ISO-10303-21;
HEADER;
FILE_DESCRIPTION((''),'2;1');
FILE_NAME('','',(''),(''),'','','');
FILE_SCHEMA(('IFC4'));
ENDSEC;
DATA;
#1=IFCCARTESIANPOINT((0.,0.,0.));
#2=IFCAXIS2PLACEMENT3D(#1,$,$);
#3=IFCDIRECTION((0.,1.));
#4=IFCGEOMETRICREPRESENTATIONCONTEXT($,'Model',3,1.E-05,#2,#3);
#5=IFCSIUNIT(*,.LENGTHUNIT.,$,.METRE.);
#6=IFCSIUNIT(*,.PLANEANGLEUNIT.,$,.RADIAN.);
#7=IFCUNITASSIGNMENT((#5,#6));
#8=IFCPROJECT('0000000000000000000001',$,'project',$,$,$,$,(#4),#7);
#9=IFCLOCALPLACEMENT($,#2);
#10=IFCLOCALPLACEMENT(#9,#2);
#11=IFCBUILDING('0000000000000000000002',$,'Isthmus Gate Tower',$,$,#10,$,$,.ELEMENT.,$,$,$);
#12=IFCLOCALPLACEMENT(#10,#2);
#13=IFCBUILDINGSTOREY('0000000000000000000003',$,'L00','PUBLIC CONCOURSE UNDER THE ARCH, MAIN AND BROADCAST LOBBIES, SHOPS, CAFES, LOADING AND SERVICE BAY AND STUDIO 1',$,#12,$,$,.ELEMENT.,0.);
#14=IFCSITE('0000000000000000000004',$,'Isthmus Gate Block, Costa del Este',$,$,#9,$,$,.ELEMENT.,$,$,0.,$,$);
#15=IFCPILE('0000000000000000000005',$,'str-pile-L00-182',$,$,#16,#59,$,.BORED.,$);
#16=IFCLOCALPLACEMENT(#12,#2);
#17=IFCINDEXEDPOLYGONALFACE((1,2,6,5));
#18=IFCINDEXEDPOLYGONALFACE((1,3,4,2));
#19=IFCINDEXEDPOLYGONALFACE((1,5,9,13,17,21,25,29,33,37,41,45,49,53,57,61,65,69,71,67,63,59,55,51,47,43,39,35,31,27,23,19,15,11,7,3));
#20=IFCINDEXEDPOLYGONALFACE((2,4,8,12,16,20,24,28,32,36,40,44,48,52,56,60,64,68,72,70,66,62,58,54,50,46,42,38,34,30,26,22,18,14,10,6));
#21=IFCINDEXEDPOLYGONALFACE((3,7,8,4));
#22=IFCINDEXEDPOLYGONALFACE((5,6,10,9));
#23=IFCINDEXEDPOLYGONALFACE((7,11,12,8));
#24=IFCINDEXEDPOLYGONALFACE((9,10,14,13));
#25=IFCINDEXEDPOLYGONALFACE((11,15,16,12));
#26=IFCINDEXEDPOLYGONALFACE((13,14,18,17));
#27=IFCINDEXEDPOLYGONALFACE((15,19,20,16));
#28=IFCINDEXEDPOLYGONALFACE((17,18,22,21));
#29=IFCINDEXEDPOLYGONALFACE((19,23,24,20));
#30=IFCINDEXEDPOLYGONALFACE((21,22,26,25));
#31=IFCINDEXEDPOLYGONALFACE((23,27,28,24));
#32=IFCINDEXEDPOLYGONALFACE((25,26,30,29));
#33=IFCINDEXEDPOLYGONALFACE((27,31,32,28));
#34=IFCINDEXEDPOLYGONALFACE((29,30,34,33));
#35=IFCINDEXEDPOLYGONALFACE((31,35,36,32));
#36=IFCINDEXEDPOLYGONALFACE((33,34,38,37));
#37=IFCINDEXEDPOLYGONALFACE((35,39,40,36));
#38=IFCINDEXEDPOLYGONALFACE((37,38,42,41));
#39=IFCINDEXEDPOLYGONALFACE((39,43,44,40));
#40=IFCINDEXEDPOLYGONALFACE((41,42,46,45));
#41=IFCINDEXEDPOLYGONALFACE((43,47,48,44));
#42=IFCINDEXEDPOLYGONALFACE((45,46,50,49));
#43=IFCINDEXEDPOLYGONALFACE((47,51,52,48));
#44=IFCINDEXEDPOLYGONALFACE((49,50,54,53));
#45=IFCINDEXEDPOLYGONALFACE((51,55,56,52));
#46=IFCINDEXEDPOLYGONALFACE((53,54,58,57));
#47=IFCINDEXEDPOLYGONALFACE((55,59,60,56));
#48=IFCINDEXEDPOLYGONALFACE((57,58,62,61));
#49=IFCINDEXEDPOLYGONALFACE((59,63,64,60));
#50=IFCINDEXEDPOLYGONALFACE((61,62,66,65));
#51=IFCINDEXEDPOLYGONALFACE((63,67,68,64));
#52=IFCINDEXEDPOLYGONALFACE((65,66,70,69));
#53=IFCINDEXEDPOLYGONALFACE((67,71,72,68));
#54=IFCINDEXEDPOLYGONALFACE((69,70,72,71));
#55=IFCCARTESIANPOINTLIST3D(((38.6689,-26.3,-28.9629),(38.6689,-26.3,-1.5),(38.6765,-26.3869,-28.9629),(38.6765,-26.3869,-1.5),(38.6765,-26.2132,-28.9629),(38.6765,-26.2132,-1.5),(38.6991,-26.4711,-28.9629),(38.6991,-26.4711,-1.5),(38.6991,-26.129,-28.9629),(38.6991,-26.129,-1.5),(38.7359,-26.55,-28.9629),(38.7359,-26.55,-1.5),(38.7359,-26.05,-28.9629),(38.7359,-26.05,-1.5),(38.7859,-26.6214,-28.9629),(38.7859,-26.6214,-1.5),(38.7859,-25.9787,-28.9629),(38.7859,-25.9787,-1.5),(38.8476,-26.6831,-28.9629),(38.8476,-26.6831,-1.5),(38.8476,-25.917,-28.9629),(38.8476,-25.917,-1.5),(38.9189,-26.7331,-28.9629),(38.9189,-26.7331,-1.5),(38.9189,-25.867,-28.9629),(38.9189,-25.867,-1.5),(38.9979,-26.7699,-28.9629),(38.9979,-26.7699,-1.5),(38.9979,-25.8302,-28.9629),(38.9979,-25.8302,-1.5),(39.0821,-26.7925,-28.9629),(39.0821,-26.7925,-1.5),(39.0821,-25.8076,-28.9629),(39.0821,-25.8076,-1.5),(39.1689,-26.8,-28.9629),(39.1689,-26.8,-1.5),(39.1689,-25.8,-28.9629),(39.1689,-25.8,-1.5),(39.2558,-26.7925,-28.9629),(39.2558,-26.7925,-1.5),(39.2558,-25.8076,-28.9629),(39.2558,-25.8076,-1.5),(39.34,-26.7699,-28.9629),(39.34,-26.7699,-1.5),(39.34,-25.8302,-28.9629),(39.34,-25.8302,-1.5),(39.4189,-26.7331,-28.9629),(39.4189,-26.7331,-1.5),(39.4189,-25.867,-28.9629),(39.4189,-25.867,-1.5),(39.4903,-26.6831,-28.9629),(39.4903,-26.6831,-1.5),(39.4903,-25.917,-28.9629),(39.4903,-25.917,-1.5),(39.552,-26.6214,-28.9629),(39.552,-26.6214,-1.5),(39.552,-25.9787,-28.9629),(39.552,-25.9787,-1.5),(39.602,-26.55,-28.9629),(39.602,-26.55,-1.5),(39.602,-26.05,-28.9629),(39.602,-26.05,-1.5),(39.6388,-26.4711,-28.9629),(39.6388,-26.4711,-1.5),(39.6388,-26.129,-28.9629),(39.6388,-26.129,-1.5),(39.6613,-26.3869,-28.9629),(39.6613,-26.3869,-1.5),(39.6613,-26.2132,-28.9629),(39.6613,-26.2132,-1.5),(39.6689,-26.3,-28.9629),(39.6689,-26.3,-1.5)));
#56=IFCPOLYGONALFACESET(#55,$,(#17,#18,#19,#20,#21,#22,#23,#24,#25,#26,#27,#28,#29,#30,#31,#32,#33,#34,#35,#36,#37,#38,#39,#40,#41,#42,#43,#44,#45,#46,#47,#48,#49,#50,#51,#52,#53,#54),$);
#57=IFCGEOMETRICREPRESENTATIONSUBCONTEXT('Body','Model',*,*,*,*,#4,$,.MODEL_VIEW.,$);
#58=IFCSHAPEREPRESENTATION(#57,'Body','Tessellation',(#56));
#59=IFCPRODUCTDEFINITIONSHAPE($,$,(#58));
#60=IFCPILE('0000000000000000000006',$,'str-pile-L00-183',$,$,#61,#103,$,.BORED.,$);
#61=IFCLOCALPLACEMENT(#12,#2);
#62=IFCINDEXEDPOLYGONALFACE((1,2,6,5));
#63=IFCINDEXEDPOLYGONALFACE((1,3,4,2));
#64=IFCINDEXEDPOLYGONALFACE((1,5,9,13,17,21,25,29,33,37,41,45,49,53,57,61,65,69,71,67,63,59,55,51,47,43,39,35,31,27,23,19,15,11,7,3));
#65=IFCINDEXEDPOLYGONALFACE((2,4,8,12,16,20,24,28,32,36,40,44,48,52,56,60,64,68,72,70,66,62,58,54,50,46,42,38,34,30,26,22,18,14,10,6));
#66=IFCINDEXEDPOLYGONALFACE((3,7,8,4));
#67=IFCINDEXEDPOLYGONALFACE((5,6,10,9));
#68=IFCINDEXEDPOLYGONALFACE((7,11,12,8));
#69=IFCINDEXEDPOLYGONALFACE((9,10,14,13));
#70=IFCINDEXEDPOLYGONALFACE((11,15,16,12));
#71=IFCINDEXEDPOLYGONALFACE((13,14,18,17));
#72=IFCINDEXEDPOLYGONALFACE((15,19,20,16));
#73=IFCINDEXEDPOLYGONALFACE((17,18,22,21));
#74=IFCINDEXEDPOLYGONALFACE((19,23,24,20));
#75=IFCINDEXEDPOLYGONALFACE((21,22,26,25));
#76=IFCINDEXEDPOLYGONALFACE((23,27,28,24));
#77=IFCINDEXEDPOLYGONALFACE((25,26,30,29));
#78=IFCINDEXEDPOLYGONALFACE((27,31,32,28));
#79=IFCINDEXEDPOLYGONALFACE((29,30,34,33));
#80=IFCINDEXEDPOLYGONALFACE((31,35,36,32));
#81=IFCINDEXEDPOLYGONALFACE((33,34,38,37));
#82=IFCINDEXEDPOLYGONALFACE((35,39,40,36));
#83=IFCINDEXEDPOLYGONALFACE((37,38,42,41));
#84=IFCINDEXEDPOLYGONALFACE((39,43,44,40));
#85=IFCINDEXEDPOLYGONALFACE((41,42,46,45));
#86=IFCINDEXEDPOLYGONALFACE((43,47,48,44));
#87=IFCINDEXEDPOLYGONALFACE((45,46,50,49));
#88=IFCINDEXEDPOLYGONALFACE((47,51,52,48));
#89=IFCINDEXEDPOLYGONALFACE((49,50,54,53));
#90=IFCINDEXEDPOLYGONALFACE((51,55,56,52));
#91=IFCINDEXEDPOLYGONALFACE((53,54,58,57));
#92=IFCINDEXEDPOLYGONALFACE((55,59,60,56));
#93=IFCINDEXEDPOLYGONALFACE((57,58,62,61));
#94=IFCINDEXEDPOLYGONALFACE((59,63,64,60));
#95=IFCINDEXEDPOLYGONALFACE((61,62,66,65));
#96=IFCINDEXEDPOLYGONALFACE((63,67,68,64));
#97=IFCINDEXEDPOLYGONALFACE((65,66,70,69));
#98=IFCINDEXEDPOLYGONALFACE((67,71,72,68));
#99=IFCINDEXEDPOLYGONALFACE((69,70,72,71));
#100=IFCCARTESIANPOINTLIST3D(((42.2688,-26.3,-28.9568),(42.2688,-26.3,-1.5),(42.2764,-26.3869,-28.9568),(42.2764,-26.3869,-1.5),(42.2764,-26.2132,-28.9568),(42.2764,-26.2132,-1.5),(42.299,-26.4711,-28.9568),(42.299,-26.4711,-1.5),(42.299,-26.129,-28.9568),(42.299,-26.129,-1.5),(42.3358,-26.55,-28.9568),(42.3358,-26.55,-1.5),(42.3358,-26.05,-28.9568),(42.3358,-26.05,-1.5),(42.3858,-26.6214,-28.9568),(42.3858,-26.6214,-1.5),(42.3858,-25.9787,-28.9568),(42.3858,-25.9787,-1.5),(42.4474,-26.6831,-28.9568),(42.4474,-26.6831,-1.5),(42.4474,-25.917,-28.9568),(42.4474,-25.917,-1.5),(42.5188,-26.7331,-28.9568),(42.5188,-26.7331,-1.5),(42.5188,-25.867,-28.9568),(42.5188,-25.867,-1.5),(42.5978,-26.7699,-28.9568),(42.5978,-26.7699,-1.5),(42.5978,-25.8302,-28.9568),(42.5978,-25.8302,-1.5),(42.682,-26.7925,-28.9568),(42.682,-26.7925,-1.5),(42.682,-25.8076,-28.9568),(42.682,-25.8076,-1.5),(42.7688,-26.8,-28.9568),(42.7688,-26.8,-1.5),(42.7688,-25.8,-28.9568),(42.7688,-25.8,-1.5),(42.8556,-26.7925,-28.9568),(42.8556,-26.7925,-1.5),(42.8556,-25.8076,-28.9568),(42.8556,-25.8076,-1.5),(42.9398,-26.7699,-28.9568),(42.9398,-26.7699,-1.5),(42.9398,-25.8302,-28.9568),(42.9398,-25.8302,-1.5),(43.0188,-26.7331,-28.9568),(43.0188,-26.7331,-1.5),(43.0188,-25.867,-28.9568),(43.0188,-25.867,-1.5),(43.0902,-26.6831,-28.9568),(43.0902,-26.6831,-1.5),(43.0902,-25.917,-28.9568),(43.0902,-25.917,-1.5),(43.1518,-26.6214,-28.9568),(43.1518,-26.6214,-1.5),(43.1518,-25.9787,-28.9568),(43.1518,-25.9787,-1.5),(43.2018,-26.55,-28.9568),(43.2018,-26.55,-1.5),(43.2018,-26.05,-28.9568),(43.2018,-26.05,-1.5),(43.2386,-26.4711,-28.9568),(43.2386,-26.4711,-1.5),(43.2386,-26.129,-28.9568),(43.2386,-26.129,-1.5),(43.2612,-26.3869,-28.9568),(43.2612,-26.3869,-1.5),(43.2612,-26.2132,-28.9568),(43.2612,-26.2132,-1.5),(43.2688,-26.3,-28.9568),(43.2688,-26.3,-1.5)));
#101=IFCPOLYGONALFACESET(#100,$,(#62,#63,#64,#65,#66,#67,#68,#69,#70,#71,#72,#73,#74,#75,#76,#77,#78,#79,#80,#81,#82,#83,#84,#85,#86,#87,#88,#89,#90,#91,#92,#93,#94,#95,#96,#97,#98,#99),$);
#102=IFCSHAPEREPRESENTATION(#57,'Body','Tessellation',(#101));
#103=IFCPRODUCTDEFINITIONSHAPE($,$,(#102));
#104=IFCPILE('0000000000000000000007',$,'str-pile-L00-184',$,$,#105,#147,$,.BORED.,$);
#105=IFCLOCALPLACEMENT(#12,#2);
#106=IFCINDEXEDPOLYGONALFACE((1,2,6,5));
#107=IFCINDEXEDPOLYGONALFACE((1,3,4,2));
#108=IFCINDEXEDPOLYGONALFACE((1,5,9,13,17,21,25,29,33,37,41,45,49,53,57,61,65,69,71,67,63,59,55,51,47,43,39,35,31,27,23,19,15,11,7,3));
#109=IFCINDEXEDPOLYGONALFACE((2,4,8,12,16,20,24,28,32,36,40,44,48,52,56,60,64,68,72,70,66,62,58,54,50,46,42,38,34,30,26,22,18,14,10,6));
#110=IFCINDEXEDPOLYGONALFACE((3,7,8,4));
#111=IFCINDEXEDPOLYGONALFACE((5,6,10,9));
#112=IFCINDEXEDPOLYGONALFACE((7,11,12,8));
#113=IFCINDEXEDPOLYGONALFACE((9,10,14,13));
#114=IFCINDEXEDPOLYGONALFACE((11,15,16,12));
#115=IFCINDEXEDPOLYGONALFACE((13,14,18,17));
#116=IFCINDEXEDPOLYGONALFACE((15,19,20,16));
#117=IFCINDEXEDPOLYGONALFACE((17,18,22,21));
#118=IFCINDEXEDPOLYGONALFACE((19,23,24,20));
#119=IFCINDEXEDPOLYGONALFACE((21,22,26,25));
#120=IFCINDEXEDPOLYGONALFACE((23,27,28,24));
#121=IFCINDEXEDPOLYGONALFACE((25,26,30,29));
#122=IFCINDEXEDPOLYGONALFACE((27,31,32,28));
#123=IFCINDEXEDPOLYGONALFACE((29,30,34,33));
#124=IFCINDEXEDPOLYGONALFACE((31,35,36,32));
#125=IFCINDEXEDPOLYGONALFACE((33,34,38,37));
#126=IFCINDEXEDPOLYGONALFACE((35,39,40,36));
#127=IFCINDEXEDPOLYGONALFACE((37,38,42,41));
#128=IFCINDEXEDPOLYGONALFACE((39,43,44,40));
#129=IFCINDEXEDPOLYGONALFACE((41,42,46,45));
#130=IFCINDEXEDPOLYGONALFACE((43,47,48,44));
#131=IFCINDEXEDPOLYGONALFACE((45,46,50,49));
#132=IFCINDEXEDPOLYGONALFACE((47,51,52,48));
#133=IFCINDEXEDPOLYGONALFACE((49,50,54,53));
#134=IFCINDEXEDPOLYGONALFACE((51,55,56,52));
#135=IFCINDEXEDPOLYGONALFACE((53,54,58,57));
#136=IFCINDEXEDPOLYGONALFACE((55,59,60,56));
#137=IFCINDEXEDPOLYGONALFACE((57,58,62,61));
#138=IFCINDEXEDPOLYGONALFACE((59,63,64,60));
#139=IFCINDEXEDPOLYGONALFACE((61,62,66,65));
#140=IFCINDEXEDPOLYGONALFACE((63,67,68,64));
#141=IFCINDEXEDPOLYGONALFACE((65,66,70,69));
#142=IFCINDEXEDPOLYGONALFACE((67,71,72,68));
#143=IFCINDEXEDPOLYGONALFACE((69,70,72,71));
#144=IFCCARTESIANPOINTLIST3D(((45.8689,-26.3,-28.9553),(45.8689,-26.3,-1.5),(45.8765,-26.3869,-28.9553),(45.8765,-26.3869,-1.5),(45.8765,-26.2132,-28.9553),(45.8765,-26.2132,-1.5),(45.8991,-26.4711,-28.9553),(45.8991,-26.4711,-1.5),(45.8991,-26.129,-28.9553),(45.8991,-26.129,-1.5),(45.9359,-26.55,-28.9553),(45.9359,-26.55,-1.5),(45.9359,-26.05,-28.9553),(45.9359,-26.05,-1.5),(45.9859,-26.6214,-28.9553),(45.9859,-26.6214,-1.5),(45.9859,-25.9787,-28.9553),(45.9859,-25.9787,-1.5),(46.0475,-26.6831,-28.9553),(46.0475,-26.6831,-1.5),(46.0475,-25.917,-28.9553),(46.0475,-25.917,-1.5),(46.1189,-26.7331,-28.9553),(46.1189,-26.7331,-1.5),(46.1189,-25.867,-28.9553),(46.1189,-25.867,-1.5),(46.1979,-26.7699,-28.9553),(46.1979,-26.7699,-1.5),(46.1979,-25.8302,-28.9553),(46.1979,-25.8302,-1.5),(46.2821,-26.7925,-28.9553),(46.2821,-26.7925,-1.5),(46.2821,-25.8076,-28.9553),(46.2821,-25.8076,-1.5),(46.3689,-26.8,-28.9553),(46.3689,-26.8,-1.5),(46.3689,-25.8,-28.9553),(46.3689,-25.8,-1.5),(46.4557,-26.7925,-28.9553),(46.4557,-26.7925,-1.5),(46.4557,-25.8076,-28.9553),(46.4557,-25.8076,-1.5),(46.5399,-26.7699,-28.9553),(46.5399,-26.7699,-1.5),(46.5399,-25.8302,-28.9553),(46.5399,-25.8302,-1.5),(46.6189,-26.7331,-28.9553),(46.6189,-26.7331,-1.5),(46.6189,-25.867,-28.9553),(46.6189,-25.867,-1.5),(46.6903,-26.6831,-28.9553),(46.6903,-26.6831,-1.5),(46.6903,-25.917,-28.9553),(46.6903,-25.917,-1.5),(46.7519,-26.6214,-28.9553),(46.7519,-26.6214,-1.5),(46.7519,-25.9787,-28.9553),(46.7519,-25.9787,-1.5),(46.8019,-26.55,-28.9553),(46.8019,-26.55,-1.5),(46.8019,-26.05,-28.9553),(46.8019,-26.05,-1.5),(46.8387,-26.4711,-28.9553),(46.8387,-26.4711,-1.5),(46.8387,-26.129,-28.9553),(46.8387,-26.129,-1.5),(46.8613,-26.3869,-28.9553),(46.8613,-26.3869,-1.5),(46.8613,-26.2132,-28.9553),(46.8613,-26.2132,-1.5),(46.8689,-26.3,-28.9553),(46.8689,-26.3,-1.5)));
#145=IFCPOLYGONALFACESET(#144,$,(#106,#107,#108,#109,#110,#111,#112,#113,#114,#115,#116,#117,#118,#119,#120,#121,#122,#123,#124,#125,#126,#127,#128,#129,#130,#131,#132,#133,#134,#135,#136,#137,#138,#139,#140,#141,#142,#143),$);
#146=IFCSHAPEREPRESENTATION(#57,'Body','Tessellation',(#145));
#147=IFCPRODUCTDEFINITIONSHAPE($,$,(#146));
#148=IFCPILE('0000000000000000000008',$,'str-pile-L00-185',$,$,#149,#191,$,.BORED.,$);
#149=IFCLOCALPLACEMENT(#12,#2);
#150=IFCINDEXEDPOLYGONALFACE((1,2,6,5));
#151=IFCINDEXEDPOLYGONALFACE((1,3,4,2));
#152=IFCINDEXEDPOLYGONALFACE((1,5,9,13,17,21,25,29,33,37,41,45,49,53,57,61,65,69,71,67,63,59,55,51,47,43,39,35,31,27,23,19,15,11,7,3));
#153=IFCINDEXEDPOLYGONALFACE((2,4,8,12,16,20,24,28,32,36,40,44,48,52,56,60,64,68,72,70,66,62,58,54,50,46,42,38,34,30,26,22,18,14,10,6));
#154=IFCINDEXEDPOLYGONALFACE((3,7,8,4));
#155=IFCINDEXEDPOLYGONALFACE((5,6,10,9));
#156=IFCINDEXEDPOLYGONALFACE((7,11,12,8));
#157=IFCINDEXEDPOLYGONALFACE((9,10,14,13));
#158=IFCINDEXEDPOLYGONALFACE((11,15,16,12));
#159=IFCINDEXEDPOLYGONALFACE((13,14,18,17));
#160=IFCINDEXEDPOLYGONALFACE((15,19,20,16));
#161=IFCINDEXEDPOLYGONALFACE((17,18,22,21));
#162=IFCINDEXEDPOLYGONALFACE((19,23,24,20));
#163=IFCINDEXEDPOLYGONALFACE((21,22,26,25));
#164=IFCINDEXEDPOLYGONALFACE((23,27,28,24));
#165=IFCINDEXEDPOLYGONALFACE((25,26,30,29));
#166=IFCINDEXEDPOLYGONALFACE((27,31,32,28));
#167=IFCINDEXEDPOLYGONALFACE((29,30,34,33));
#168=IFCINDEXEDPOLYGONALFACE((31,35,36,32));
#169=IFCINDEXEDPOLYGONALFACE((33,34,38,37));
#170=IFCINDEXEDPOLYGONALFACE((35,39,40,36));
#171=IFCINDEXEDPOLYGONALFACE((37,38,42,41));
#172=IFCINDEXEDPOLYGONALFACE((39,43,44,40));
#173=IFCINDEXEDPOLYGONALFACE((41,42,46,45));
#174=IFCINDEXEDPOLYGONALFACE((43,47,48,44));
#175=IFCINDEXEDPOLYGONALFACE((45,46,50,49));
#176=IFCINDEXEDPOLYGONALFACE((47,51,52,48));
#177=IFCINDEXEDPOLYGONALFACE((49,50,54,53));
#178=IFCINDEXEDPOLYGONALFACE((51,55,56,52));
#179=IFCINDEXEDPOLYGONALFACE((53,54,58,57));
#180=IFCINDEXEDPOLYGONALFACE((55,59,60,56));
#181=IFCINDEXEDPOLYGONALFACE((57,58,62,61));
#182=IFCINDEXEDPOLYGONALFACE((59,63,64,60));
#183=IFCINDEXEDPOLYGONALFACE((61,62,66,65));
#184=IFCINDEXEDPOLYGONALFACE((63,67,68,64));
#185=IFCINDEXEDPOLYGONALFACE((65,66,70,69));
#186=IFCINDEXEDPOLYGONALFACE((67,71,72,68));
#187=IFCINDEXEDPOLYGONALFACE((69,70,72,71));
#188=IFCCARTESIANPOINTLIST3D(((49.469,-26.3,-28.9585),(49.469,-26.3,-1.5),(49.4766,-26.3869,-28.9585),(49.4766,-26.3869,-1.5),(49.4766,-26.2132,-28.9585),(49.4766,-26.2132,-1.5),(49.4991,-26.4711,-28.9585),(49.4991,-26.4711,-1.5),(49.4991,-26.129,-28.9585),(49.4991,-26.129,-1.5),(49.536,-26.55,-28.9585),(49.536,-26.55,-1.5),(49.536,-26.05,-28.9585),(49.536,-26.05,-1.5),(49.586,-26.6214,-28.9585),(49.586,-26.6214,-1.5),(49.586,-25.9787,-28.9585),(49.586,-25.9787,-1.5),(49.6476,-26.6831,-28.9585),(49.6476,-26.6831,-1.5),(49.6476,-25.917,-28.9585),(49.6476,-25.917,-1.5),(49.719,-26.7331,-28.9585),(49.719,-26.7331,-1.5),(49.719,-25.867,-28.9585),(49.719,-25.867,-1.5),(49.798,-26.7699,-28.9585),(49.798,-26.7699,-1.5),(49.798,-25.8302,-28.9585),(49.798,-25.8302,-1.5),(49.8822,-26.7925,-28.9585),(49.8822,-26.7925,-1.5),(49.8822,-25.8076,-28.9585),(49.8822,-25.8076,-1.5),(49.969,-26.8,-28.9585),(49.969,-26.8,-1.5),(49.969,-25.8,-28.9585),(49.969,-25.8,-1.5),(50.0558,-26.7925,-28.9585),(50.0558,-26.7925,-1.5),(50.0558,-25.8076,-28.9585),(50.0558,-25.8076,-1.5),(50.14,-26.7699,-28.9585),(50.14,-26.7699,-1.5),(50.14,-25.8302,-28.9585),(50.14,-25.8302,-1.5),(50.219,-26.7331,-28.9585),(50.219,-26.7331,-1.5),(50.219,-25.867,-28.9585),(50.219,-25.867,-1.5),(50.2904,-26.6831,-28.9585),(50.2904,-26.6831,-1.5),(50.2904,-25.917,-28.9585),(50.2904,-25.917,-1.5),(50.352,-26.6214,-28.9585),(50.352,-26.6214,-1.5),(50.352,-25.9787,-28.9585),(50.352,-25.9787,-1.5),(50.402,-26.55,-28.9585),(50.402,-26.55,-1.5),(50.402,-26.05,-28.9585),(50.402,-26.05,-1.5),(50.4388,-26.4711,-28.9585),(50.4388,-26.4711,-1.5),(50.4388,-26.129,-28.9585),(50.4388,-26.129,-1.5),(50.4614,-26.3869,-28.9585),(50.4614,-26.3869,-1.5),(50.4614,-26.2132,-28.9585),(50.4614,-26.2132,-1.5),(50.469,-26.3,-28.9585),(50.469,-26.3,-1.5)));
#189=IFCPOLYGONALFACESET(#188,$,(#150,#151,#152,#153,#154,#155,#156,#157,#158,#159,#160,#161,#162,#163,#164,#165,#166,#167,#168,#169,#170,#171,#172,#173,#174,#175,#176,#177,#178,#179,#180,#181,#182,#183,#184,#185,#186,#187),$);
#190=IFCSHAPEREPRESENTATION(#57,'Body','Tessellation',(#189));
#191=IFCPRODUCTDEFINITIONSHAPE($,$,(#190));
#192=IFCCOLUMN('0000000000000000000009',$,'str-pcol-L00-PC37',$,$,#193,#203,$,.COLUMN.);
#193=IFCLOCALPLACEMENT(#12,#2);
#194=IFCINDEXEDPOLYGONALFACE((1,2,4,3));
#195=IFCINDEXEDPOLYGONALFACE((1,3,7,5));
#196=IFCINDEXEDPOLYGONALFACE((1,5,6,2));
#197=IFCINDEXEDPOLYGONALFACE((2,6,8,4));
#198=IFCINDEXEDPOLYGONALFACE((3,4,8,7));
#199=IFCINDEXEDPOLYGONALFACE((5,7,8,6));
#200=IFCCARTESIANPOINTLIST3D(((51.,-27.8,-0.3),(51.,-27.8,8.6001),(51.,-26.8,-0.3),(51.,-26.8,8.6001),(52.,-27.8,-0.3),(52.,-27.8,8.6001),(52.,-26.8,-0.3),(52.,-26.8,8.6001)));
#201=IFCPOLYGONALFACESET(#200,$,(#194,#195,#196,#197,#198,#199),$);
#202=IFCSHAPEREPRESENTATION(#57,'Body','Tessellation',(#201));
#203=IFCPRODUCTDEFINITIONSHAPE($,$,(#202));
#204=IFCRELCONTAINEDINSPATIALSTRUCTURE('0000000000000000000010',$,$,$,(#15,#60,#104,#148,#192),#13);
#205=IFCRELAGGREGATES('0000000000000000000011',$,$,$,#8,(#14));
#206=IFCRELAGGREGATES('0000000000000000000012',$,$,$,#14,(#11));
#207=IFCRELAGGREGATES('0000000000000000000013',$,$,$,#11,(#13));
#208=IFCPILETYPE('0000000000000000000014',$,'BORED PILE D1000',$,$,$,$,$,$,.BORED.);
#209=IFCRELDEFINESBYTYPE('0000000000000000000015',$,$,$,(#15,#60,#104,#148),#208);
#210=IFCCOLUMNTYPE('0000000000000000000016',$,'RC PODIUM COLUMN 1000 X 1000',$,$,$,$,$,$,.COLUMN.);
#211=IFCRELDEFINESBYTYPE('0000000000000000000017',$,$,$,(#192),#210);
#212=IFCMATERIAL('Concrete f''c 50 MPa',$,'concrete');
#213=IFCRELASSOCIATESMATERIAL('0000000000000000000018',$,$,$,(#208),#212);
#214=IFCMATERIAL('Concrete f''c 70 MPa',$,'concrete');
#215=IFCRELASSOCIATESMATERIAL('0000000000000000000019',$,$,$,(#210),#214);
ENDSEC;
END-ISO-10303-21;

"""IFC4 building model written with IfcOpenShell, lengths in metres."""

from ifc_helpers import new_model, si_unit, direction, frame, origin, origin_2d, place, context, subcontext, project, spatial, rectangle, circle, extrude, material, material_profile, profile_set, type_object, element, save


model = new_model("IFC4")

# Units and contexts
model_context = context("Model", 3, precision=1e-05, world=origin(), true_north=direction((0.0, 1.0)))
body_context = subcontext(model_context, "Body", "Model", "MODEL_VIEW")
ifc_project = project(units=[si_unit("LENGTHUNIT", "METRE"), si_unit("PLANEANGLEUNIT", "RADIAN")], contexts=[model_context])

# Site, building, storey
site_placement = place(None, origin())
site = spatial("IfcSite", under=ifc_project, at=site_placement, Name="Isthmus Gate Block, Costa del Este", CompositionType="ELEMENT", RefElevation=0.0)
building_placement = place(site_placement, origin())
building = spatial("IfcBuilding", under=site, at=building_placement, Name="Isthmus Gate Tower", CompositionType="ELEMENT")
storey_placement = place(building_placement, origin())
storey = spatial("IfcBuildingStorey", under=building, at=storey_placement, Name="L00", Description="PUBLIC CONCOURSE UNDER THE ARCH, MAIN AND BROADCAST LOBBIES, SHOPS, CAFES, LOADING AND SERVICE BAY AND STUDIO 1", CompositionType="ELEMENT", Elevation=0.0)

# Piles
ifc_material_1 = material(Name="Concrete f'c 50 MPa", Category="concrete")
ifc_material_profile_1 = material_profile(ifc_material_1, circle(Radius=0.5, at=origin_2d()), Name="D1000")
ifc_profile_set_1 = profile_set([ifc_material_profile_1], Name="Concrete f'c 50 MPa")
pile_type = type_object("IfcPileType", Name="BORED PILE D1000", PredefinedType="BORED", material=ifc_profile_set_1)
pile_1_placement = place(storey_placement, frame((39.1689, -26.3, -1.5), z_axis=(0.0, 0.0, -1.0), x_axis=(1.0, 0.0, 0.0)))
element("IfcPile", 1, at=pile_1_placement, inside=storey, type_object=pile_type, Name="str-pile-L00-182", PredefinedType="BORED", context=body_context, shape_type="SweptSolid", body=[
    extrude(circle(Radius=0.5, at=origin_2d()), origin(), (0.0, 0.0, 1.0), 27.4629),
])
pile_2_placement = place(storey_placement, frame((42.7688, -26.3, -1.5), z_axis=(0.0, 0.0, -1.0), x_axis=(1.0, 0.0, 0.0)))
element("IfcPile", 2, at=pile_2_placement, inside=storey, type_object=pile_type, Name="str-pile-L00-183", PredefinedType="BORED", context=body_context, shape_type="SweptSolid", body=[
    extrude(circle(Radius=0.5, at=origin_2d()), origin(), (0.0, 0.0, 1.0), 27.4568),
])
pile_3_placement = place(storey_placement, frame((46.3689, -26.3, -1.5), z_axis=(0.0, 0.0, -1.0), x_axis=(1.0, 0.0, 0.0)))
element("IfcPile", 3, at=pile_3_placement, inside=storey, type_object=pile_type, Name="str-pile-L00-184", PredefinedType="BORED", context=body_context, shape_type="SweptSolid", body=[
    extrude(circle(Radius=0.5, at=origin_2d()), origin(), (0.0, 0.0, 1.0), 27.4553),
])
pile_4_placement = place(storey_placement, frame((49.969, -26.3, -1.5), z_axis=(0.0, 0.0, -1.0), x_axis=(1.0, 0.0, 0.0)))
element("IfcPile", 4, at=pile_4_placement, inside=storey, type_object=pile_type, Name="str-pile-L00-185", PredefinedType="BORED", context=body_context, shape_type="SweptSolid", body=[
    extrude(circle(Radius=0.5, at=origin_2d()), origin(), (0.0, 0.0, 1.0), 27.4585),
])

# Column
ifc_material_2 = material(Name="Concrete f'c 70 MPa", Category="concrete")
ifc_material_profile_2 = material_profile(ifc_material_2, rectangle(XDim=1.0, YDim=1.0, at=origin_2d()), Name="RC 1000X1000")
ifc_profile_set_2 = profile_set([ifc_material_profile_2], Name="Concrete f'c 70 MPa")
column_type = type_object("IfcColumnType", Name="RC PODIUM COLUMN 1000 X 1000", PredefinedType="COLUMN", material=ifc_profile_set_2)
column_placement = place(storey_placement, frame((51.5, -27.3, -0.3), z_axis=(0.0, 0.0, 1.0), x_axis=(0.0, 1.0, 0.0)))
element("IfcColumn", 5, at=column_placement, inside=storey, type_object=column_type, Name="str-pcol-L00-PC37", PredefinedType="COLUMN", context=body_context, shape_type="SweptSolid", body=[
    extrude(rectangle(XDim=1.0, YDim=1.0, at=origin_2d()), origin(), (0.0, 0.0, 1.0), 8.9001),
])

save(model, "model.ifc")
